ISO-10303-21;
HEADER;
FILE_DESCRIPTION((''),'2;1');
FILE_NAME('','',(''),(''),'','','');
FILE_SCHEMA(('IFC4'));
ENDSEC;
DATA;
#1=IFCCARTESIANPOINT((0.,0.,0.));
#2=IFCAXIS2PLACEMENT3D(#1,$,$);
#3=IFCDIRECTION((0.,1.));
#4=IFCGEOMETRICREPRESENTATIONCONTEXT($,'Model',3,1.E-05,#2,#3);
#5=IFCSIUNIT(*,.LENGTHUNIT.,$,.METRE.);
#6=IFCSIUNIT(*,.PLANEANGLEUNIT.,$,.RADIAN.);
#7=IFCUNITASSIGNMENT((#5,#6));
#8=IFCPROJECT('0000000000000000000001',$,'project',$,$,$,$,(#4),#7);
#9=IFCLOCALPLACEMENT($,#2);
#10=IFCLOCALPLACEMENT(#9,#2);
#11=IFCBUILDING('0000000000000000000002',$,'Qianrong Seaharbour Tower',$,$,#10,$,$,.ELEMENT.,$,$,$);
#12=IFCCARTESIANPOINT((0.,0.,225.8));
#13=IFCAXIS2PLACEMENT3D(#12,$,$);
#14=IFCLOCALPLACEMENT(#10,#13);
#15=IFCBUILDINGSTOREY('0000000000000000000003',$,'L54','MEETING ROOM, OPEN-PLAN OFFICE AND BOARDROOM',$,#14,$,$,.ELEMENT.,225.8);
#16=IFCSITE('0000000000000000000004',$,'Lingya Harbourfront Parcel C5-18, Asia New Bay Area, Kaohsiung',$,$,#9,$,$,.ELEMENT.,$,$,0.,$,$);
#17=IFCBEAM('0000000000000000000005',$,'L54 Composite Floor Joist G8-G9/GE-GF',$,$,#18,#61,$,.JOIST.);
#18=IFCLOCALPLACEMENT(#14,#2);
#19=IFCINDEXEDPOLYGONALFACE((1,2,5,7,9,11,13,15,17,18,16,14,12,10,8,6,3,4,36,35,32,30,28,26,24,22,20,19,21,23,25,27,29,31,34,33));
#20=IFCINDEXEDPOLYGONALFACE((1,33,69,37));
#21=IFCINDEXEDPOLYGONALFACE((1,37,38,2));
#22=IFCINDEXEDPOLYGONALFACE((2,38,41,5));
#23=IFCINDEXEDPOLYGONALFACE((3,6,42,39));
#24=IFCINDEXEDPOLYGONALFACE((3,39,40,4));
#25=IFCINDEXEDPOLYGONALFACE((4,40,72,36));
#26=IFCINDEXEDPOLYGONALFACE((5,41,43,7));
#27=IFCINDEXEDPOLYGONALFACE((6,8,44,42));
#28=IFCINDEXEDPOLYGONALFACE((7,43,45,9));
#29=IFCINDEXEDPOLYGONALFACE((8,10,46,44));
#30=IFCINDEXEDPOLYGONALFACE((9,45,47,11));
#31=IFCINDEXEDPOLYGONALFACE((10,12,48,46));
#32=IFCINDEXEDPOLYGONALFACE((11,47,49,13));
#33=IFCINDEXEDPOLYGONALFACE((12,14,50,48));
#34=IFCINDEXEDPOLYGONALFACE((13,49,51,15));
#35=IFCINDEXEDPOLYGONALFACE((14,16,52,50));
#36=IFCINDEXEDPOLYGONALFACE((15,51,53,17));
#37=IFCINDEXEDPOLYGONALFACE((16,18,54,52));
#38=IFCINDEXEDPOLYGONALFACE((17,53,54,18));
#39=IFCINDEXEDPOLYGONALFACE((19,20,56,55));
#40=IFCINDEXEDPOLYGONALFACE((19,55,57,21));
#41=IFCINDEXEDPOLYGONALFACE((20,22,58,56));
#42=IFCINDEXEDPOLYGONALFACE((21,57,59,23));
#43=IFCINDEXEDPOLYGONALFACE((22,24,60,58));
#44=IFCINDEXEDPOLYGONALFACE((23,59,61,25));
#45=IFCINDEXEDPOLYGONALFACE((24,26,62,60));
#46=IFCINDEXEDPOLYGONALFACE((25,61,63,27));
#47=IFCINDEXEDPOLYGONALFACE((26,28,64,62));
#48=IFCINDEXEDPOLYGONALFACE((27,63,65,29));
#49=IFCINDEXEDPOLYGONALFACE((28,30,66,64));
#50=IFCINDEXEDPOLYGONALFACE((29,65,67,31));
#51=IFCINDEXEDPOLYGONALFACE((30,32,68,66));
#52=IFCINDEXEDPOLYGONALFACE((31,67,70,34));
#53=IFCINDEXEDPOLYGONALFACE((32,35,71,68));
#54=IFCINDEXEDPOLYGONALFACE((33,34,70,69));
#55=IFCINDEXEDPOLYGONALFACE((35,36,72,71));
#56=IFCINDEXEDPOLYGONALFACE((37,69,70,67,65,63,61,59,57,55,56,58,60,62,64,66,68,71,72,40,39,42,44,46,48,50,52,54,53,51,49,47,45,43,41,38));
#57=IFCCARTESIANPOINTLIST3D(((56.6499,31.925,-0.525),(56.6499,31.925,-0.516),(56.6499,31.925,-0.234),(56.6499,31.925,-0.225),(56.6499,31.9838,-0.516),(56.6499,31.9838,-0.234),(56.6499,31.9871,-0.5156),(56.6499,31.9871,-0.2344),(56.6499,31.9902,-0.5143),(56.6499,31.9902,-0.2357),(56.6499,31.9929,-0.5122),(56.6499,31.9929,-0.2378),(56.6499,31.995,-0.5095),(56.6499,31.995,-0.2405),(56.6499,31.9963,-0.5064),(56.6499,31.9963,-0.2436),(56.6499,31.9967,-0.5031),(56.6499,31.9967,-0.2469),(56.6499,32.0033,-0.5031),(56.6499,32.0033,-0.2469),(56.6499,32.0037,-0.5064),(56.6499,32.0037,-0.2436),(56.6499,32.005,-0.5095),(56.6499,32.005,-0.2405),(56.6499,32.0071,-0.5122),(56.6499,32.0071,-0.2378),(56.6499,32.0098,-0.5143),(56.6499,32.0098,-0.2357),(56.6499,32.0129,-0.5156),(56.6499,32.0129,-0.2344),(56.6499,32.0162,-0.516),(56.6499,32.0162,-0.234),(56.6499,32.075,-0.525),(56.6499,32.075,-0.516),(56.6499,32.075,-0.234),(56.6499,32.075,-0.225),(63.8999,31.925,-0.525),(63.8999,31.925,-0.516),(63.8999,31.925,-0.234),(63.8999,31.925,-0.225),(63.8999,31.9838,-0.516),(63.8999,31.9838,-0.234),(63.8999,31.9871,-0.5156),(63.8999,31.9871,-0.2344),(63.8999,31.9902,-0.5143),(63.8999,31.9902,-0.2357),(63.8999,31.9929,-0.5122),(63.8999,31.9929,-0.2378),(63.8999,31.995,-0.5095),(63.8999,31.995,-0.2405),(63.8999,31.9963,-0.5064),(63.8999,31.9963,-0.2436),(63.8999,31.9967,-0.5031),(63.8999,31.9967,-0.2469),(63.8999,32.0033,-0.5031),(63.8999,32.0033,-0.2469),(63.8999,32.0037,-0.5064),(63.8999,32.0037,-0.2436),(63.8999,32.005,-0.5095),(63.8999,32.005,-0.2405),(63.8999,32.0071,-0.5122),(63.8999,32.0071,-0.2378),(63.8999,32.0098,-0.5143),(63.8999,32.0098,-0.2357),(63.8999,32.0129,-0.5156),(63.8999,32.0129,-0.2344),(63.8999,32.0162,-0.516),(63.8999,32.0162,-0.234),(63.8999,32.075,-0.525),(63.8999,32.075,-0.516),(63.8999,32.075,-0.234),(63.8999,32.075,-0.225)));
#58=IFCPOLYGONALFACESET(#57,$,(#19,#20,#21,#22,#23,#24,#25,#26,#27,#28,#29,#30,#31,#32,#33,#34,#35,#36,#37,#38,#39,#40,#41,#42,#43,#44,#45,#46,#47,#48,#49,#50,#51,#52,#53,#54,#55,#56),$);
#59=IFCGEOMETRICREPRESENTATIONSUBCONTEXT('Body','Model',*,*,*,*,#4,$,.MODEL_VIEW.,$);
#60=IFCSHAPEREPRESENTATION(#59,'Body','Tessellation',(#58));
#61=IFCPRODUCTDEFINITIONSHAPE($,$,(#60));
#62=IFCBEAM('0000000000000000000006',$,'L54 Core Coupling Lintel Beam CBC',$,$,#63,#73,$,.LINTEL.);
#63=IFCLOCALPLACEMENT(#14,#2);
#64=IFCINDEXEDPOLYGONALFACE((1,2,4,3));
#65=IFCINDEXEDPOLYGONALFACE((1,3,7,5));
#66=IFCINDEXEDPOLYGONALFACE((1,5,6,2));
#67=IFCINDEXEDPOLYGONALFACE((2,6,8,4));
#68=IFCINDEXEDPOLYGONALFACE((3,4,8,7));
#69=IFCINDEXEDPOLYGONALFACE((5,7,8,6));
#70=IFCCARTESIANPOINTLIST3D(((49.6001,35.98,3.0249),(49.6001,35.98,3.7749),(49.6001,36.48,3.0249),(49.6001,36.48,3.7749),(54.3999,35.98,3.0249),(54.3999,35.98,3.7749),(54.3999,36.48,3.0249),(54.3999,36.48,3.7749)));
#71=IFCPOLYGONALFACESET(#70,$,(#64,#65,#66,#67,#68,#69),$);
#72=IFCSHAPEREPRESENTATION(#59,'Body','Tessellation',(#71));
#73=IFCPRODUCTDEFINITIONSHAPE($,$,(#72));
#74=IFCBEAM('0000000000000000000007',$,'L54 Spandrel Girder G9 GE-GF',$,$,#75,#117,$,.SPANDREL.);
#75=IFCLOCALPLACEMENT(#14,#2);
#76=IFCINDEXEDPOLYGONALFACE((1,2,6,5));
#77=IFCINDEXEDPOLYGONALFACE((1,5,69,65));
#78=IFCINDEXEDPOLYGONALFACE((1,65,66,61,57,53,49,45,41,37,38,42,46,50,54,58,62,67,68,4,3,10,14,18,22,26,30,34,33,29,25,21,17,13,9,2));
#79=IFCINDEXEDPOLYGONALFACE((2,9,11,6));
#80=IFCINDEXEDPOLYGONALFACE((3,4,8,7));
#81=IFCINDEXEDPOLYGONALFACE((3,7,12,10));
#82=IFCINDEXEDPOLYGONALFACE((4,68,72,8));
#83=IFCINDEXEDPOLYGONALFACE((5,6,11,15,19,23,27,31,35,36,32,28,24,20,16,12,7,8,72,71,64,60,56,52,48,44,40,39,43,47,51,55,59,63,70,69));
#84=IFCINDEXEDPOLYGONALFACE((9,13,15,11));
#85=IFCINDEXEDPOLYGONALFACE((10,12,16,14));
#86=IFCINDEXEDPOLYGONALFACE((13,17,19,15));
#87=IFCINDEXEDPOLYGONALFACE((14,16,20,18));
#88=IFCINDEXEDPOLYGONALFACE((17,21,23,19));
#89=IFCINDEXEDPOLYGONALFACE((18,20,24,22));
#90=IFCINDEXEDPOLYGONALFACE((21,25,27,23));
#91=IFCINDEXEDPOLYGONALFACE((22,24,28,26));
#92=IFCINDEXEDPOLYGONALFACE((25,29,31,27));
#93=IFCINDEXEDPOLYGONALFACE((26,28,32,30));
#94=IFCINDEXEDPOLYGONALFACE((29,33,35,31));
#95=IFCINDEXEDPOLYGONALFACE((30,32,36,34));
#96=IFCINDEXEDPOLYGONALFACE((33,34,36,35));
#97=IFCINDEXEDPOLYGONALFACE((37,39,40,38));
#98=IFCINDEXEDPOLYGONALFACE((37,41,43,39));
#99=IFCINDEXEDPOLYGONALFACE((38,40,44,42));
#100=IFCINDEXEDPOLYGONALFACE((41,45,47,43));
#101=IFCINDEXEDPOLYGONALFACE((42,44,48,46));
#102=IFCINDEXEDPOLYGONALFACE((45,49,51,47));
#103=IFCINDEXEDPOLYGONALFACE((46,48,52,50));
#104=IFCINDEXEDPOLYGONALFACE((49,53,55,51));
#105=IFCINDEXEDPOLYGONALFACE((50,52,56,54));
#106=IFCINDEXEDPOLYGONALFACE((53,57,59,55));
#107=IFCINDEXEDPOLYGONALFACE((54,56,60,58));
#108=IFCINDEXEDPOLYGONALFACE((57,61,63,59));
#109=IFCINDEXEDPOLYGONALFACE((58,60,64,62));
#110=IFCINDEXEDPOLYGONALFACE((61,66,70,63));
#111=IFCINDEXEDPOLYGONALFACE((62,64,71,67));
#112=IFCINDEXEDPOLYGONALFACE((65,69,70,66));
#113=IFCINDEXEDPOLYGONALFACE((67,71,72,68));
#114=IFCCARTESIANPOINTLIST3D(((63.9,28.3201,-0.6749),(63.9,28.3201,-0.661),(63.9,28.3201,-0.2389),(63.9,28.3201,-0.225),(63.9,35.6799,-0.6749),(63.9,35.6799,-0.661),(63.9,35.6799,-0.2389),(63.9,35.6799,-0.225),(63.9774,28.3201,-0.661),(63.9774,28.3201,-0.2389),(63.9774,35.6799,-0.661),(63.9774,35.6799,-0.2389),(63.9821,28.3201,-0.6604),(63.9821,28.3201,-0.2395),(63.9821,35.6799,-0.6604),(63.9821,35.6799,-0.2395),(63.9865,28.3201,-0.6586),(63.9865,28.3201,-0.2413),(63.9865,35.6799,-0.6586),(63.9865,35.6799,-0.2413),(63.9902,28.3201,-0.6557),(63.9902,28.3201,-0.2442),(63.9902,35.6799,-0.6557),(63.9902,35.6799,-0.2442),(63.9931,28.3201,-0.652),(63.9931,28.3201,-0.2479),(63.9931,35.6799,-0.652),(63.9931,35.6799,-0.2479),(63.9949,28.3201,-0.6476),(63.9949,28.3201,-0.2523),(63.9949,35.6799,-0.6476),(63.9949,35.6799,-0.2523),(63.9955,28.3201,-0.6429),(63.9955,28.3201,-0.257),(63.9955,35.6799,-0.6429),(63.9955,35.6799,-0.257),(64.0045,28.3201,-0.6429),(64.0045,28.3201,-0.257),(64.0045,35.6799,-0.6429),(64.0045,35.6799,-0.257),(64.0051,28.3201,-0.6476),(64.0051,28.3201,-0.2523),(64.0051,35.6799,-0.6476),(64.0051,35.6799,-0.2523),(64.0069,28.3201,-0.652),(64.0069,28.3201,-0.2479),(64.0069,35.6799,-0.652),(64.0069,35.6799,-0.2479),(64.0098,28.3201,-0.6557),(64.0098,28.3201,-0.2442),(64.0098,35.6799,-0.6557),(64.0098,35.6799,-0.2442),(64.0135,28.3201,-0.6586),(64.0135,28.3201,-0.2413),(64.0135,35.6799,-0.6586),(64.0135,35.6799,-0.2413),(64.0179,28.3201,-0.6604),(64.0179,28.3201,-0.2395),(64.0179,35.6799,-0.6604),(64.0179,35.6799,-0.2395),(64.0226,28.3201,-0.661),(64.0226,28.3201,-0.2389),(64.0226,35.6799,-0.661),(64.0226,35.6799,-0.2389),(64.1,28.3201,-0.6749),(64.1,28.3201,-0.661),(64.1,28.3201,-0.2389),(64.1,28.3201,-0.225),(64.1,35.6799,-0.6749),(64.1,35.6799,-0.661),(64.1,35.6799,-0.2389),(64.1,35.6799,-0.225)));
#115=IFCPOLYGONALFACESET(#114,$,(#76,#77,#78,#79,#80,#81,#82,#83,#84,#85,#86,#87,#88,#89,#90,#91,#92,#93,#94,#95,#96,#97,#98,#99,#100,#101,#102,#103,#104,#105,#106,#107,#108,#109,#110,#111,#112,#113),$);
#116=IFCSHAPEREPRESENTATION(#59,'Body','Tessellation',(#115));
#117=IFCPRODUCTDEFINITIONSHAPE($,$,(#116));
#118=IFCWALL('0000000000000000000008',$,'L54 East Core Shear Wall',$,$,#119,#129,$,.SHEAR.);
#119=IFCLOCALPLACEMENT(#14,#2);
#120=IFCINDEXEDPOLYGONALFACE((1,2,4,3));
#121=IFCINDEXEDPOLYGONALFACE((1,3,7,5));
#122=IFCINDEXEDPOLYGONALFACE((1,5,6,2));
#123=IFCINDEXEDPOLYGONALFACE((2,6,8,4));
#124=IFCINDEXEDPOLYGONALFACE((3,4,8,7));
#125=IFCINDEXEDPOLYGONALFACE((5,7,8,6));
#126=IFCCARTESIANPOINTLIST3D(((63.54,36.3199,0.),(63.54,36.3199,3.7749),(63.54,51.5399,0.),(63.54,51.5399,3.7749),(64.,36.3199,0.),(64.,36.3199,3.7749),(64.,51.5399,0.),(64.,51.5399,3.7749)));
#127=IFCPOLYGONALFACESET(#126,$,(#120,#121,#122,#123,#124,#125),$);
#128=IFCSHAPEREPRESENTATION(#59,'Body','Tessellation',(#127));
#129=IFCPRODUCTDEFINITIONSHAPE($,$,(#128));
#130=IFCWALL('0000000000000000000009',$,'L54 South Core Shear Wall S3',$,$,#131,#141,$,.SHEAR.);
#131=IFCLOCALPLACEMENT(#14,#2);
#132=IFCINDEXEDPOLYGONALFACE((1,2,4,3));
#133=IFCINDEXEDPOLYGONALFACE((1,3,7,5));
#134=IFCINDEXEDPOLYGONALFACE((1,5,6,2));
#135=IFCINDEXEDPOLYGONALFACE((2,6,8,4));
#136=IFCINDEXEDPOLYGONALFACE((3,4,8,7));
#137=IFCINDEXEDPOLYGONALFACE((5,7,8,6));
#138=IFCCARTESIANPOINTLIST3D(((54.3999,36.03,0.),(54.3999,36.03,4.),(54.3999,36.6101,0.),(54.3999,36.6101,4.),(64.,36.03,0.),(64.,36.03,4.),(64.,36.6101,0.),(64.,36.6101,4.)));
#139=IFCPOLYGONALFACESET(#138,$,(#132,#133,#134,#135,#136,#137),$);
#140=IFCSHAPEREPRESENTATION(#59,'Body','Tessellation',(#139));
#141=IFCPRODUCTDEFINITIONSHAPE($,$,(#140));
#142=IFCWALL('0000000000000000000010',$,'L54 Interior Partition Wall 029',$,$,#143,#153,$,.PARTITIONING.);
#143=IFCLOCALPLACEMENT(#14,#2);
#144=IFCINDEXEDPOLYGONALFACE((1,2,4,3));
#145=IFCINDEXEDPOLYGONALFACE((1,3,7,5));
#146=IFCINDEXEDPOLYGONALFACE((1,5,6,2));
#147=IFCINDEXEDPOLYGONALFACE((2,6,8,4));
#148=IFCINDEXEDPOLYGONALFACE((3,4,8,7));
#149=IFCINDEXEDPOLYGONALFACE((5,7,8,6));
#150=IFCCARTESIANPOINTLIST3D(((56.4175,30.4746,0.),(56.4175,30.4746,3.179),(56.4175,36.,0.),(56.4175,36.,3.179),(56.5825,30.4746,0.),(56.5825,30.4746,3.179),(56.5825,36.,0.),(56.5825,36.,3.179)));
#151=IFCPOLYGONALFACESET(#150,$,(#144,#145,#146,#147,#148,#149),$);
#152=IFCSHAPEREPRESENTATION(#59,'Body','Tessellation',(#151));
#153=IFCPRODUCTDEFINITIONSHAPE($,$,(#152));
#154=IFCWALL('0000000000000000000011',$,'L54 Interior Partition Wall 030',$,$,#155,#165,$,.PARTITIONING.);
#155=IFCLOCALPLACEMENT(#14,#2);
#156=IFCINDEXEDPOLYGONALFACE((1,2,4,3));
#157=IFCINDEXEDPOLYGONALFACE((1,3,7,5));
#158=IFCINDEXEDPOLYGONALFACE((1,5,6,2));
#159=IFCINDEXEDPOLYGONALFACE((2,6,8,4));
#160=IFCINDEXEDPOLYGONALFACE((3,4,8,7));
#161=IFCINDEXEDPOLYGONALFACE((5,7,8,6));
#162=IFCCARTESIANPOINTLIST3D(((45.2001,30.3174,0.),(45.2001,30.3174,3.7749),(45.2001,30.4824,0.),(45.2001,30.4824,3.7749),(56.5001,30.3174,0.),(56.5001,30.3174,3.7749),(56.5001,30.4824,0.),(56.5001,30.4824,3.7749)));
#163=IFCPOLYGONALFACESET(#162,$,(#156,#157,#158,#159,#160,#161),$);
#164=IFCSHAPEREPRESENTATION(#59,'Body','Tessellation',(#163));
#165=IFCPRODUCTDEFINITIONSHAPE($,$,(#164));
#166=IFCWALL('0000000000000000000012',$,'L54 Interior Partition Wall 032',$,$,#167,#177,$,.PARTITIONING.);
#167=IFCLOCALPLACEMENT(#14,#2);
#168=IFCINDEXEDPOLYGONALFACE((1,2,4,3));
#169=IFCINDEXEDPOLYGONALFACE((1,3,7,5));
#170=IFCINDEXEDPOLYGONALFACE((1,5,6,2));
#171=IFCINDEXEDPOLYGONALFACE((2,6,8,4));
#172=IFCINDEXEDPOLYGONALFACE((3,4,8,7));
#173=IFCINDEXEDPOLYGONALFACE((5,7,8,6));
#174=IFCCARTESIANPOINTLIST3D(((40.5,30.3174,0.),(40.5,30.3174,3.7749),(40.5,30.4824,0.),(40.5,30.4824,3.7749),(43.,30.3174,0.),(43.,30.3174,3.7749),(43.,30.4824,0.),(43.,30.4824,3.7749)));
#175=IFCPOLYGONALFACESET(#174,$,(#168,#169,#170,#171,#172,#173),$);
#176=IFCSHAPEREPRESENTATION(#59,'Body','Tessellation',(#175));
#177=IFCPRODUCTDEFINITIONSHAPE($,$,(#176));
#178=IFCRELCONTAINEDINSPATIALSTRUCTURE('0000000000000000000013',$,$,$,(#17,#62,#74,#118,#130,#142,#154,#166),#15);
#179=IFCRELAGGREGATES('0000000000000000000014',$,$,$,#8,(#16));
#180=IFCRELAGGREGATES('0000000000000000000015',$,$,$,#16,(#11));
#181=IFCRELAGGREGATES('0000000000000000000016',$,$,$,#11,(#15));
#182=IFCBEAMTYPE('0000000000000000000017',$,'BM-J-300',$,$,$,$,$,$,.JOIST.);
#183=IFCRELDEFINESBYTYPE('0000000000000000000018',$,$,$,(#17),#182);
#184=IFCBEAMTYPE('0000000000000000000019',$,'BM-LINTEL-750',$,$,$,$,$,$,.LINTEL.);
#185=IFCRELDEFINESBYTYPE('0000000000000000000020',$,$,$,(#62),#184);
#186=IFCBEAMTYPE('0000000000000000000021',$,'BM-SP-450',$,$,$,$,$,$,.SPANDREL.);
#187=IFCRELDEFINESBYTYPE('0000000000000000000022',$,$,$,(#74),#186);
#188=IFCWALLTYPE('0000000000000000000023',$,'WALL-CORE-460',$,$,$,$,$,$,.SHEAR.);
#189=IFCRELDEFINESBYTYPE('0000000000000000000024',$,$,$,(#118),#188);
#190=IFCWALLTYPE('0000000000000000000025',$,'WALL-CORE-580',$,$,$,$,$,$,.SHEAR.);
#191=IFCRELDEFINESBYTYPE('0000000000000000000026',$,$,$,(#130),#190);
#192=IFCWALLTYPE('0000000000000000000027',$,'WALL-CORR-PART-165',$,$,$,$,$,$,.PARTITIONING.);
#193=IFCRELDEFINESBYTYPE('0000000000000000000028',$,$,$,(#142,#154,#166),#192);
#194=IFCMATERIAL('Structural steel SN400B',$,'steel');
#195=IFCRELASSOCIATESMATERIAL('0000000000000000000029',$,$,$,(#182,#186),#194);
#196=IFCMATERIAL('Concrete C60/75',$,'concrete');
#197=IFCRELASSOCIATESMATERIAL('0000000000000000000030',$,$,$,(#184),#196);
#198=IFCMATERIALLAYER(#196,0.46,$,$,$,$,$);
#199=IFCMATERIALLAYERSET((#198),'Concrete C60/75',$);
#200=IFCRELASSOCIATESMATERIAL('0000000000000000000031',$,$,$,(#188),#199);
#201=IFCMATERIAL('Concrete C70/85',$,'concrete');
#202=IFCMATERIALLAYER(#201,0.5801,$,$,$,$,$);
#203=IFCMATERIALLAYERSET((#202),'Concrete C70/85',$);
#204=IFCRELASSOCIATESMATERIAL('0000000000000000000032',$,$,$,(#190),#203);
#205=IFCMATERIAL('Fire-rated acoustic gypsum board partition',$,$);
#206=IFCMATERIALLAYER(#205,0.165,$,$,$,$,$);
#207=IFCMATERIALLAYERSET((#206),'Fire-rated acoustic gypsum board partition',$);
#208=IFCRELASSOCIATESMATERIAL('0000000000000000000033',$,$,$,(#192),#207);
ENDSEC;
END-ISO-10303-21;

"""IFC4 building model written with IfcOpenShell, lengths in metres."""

from ifc_helpers import new_model, si_unit, direction, frame, frame_2d, origin, origin_2d, place, context, subcontext, project, spatial, rectangle, i_section, extrude, material, layer, layer_set, material_profile, profile_set, type_object, element, save


model = new_model("IFC4")

# Units and contexts
model_context = context("Model", 3, precision=1e-05, world=origin(), true_north=direction((0.0, 1.0)))
body_context = subcontext(model_context, "Body", "Model", "MODEL_VIEW")
ifc_project = project(units=[si_unit("LENGTHUNIT", "METRE"), si_unit("PLANEANGLEUNIT", "RADIAN")], contexts=[model_context])

# Site, building, storey
site_placement = place(None, origin())
site = spatial("IfcSite", under=ifc_project, at=site_placement, Name="Lingya Harbourfront Parcel C5-18, Asia New Bay Area, Kaohsiung", CompositionType="ELEMENT", RefElevation=0.0)
building_placement = place(site_placement, origin())
building = spatial("IfcBuilding", under=site, at=building_placement, Name="Qianrong Seaharbour Tower", CompositionType="ELEMENT")
storey_placement = place(building_placement, frame((0.0, 0.0, 225.8)))
storey = spatial("IfcBuildingStorey", under=building, at=storey_placement, Name="L54", Description="MEETING ROOM, OPEN-PLAN OFFICE AND BOARDROOM", CompositionType="ELEMENT", Elevation=225.8)

# Beams
ifc_material_1 = material(Name="Structural steel SN400B", Category="steel")
ifc_material_profile_1 = material_profile(ifc_material_1, i_section(OverallWidth=0.1499, OverallDepth=0.3, WebThickness=0.0066, FlangeThickness=0.009, FilletRadius=0.0129, at=origin_2d()), Name="H300x150x6.5x9")
ifc_profile_set_1 = profile_set([ifc_material_profile_1], Name="Structural steel SN400B")
beam_type_1 = type_object("IfcBeamType", Name="BM-J-300", PredefinedType="JOIST", material=ifc_profile_set_1)
for number, where, z_axis, x_axis, name in (
    (1, (56.6499, 32.0, -0.375), (1.0, 0.0, 0.0), (0.0, 1.0, 0.0), "L54 Composite Floor Joist G8-G9/GE-GF"),
):
    element("IfcBeam", number, at=place(storey_placement, frame(where, z_axis=z_axis, x_axis=x_axis)), inside=storey, type_object=beam_type_1, Name=name, PredefinedType="JOIST", context=body_context, shape_type="SweptSolid", body=[
        extrude(i_section(OverallWidth=0.1499, OverallDepth=0.3, WebThickness=0.0066, FlangeThickness=0.009, FilletRadius=0.0129, at=origin_2d()), origin(), (0.0, 0.0, 1.0), 7.25),
    ])
ifc_material_2 = material(Name="Concrete C60/75", Category="concrete")
ifc_material_profile_2 = material_profile(ifc_material_2, rectangle(XDim=0.5, YDim=0.75, at=origin_2d()), Name="RC500x750")
ifc_profile_set_2 = profile_set([ifc_material_profile_2], Name="Concrete C60/75")
beam_type_2 = type_object("IfcBeamType", Name="BM-LINTEL-750", PredefinedType="LINTEL", material=ifc_profile_set_2)
beam_1_placement = place(storey_placement, frame((49.6001, 36.23, 3.3999), z_axis=(1.0, 0.0, 0.0), x_axis=(0.0, 1.0, 0.0)))
element("IfcBeam", 2, at=beam_1_placement, inside=storey, type_object=beam_type_2, Name="L54 Core Coupling Lintel Beam CBC", PredefinedType="LINTEL", context=body_context, shape_type="SweptSolid", body=[
    extrude(rectangle(XDim=0.5, YDim=0.75, at=origin_2d()), origin(), (0.0, 0.0, 1.0), 4.7998),
])
ifc_material_profile_3 = material_profile(ifc_material_1, i_section(OverallWidth=0.2, OverallDepth=0.45, WebThickness=0.009, FlangeThickness=0.0139, FilletRadius=0.0181, at=origin_2d()), Name="H450x200x9x14")
ifc_profile_set_3 = profile_set([ifc_material_profile_3], Name="Structural steel SN400B")
beam_type_3 = type_object("IfcBeamType", Name="BM-SP-450", PredefinedType="SPANDREL", material=ifc_profile_set_3)
beam_2_placement = place(storey_placement, frame((64.0, 28.3201, -0.45), z_axis=(0.0, 1.0, 0.0), x_axis=(-1.0, 0.0, 0.0)))
element("IfcBeam", 3, at=beam_2_placement, inside=storey, type_object=beam_type_3, Name="L54 Spandrel Girder G9 GE-GF", PredefinedType="SPANDREL", context=body_context, shape_type="SweptSolid", body=[
    extrude(i_section(OverallWidth=0.2, OverallDepth=0.45, WebThickness=0.009, FlangeThickness=0.0139, FilletRadius=0.0181, at=origin_2d()), origin(), (0.0, 0.0, 1.0), 7.3599),
])

# Walls
ifc_layer_1 = layer(ifc_material_2, 0.46)
ifc_layer_set_1 = layer_set([ifc_layer_1], Name="Concrete C60/75")
wall_type_1 = type_object("IfcWallType", Name="WALL-CORE-460", PredefinedType="SHEAR", material=ifc_layer_set_1)
wall_1_placement = place(storey_placement, frame((63.77, 36.3201, 0.0), z_axis=(0.0, 0.0, 1.0), x_axis=(0.0, 1.0, 0.0)))
element("IfcWall", 4, at=wall_1_placement, inside=storey, type_object=wall_type_1, Name="L54 East Core Shear Wall", PredefinedType="SHEAR", context=body_context, shape_type="SweptSolid", body=[
    extrude(rectangle(XDim=15.22, YDim=0.46, at=frame_2d((7.6099, 0.0))), origin(), (0.0, 0.0, 1.0), 3.7749),
])
ifc_material_3 = material(Name="Concrete C70/85", Category="concrete")
ifc_layer_2 = layer(ifc_material_3, 0.5801)
ifc_layer_set_2 = layer_set([ifc_layer_2], Name="Concrete C70/85")
wall_type_2 = type_object("IfcWallType", Name="WALL-CORE-580", PredefinedType="SHEAR", material=ifc_layer_set_2)
wall_2_placement = place(storey_placement, frame((54.3999, 36.3201, 0.0), z_axis=(0.0, 0.0, 1.0), x_axis=(1.0, 0.0, 0.0)))
element("IfcWall", 5, at=wall_2_placement, inside=storey, type_object=wall_type_2, Name="L54 South Core Shear Wall S3", PredefinedType="SHEAR", context=body_context, shape_type="SweptSolid", body=[
    extrude(rectangle(XDim=9.6001, YDim=0.5801, at=frame_2d((4.8, 0.0))), origin(), (0.0, 0.0, 1.0), 4.0),
])
ifc_material_4 = material(Name="Fire-rated acoustic gypsum board partition")
ifc_layer_3 = layer(ifc_material_4, 0.165)
ifc_layer_set_3 = layer_set([ifc_layer_3], Name="Fire-rated acoustic gypsum board partition")
wall_type_3 = type_object("IfcWallType", Name="WALL-CORR-PART-165", PredefinedType="PARTITIONING", material=ifc_layer_set_3)
wall_3_placement = place(storey_placement, frame((56.5, 36.0, 0.0), z_axis=(0.0, 0.0, 1.0), x_axis=(0.0, -1.0, 0.0)))
element("IfcWall", 6, at=wall_3_placement, inside=storey, type_object=wall_type_3, Name="L54 Interior Partition Wall 029", PredefinedType="PARTITIONING", context=body_context, shape_type="SweptSolid", body=[
    extrude(rectangle(XDim=5.5254, YDim=0.165, at=frame_2d((2.7627, 0.0))), origin(), (0.0, 0.0, 1.0), 3.179),
])
wall_4_placement = place(storey_placement, frame((56.5, 30.3999, 0.0), z_axis=(0.0, 0.0, 1.0), x_axis=(-1.0, 0.0, 0.0)))
element("IfcWall", 7, at=wall_4_placement, inside=storey, type_object=wall_type_3, Name="L54 Interior Partition Wall 030", PredefinedType="PARTITIONING", context=body_context, shape_type="SweptSolid", body=[
    extrude(rectangle(XDim=11.3, YDim=0.165, at=frame_2d((5.6499, 0.0))), origin(), (0.0, 0.0, 1.0), 3.7749),
])
wall_5_placement = place(storey_placement, frame((43.0, 30.3999, 0.0), z_axis=(0.0, 0.0, 1.0), x_axis=(-1.0, 0.0, 0.0)))
element("IfcWall", 8, at=wall_5_placement, inside=storey, type_object=wall_type_3, Name="L54 Interior Partition Wall 032", PredefinedType="PARTITIONING", context=body_context, shape_type="SweptSolid", body=[
    extrude(rectangle(XDim=2.5, YDim=0.165, at=frame_2d((1.25, 0.0))), origin(), (0.0, 0.0, 1.0), 3.7749),
])

save(model, "model.ifc")
